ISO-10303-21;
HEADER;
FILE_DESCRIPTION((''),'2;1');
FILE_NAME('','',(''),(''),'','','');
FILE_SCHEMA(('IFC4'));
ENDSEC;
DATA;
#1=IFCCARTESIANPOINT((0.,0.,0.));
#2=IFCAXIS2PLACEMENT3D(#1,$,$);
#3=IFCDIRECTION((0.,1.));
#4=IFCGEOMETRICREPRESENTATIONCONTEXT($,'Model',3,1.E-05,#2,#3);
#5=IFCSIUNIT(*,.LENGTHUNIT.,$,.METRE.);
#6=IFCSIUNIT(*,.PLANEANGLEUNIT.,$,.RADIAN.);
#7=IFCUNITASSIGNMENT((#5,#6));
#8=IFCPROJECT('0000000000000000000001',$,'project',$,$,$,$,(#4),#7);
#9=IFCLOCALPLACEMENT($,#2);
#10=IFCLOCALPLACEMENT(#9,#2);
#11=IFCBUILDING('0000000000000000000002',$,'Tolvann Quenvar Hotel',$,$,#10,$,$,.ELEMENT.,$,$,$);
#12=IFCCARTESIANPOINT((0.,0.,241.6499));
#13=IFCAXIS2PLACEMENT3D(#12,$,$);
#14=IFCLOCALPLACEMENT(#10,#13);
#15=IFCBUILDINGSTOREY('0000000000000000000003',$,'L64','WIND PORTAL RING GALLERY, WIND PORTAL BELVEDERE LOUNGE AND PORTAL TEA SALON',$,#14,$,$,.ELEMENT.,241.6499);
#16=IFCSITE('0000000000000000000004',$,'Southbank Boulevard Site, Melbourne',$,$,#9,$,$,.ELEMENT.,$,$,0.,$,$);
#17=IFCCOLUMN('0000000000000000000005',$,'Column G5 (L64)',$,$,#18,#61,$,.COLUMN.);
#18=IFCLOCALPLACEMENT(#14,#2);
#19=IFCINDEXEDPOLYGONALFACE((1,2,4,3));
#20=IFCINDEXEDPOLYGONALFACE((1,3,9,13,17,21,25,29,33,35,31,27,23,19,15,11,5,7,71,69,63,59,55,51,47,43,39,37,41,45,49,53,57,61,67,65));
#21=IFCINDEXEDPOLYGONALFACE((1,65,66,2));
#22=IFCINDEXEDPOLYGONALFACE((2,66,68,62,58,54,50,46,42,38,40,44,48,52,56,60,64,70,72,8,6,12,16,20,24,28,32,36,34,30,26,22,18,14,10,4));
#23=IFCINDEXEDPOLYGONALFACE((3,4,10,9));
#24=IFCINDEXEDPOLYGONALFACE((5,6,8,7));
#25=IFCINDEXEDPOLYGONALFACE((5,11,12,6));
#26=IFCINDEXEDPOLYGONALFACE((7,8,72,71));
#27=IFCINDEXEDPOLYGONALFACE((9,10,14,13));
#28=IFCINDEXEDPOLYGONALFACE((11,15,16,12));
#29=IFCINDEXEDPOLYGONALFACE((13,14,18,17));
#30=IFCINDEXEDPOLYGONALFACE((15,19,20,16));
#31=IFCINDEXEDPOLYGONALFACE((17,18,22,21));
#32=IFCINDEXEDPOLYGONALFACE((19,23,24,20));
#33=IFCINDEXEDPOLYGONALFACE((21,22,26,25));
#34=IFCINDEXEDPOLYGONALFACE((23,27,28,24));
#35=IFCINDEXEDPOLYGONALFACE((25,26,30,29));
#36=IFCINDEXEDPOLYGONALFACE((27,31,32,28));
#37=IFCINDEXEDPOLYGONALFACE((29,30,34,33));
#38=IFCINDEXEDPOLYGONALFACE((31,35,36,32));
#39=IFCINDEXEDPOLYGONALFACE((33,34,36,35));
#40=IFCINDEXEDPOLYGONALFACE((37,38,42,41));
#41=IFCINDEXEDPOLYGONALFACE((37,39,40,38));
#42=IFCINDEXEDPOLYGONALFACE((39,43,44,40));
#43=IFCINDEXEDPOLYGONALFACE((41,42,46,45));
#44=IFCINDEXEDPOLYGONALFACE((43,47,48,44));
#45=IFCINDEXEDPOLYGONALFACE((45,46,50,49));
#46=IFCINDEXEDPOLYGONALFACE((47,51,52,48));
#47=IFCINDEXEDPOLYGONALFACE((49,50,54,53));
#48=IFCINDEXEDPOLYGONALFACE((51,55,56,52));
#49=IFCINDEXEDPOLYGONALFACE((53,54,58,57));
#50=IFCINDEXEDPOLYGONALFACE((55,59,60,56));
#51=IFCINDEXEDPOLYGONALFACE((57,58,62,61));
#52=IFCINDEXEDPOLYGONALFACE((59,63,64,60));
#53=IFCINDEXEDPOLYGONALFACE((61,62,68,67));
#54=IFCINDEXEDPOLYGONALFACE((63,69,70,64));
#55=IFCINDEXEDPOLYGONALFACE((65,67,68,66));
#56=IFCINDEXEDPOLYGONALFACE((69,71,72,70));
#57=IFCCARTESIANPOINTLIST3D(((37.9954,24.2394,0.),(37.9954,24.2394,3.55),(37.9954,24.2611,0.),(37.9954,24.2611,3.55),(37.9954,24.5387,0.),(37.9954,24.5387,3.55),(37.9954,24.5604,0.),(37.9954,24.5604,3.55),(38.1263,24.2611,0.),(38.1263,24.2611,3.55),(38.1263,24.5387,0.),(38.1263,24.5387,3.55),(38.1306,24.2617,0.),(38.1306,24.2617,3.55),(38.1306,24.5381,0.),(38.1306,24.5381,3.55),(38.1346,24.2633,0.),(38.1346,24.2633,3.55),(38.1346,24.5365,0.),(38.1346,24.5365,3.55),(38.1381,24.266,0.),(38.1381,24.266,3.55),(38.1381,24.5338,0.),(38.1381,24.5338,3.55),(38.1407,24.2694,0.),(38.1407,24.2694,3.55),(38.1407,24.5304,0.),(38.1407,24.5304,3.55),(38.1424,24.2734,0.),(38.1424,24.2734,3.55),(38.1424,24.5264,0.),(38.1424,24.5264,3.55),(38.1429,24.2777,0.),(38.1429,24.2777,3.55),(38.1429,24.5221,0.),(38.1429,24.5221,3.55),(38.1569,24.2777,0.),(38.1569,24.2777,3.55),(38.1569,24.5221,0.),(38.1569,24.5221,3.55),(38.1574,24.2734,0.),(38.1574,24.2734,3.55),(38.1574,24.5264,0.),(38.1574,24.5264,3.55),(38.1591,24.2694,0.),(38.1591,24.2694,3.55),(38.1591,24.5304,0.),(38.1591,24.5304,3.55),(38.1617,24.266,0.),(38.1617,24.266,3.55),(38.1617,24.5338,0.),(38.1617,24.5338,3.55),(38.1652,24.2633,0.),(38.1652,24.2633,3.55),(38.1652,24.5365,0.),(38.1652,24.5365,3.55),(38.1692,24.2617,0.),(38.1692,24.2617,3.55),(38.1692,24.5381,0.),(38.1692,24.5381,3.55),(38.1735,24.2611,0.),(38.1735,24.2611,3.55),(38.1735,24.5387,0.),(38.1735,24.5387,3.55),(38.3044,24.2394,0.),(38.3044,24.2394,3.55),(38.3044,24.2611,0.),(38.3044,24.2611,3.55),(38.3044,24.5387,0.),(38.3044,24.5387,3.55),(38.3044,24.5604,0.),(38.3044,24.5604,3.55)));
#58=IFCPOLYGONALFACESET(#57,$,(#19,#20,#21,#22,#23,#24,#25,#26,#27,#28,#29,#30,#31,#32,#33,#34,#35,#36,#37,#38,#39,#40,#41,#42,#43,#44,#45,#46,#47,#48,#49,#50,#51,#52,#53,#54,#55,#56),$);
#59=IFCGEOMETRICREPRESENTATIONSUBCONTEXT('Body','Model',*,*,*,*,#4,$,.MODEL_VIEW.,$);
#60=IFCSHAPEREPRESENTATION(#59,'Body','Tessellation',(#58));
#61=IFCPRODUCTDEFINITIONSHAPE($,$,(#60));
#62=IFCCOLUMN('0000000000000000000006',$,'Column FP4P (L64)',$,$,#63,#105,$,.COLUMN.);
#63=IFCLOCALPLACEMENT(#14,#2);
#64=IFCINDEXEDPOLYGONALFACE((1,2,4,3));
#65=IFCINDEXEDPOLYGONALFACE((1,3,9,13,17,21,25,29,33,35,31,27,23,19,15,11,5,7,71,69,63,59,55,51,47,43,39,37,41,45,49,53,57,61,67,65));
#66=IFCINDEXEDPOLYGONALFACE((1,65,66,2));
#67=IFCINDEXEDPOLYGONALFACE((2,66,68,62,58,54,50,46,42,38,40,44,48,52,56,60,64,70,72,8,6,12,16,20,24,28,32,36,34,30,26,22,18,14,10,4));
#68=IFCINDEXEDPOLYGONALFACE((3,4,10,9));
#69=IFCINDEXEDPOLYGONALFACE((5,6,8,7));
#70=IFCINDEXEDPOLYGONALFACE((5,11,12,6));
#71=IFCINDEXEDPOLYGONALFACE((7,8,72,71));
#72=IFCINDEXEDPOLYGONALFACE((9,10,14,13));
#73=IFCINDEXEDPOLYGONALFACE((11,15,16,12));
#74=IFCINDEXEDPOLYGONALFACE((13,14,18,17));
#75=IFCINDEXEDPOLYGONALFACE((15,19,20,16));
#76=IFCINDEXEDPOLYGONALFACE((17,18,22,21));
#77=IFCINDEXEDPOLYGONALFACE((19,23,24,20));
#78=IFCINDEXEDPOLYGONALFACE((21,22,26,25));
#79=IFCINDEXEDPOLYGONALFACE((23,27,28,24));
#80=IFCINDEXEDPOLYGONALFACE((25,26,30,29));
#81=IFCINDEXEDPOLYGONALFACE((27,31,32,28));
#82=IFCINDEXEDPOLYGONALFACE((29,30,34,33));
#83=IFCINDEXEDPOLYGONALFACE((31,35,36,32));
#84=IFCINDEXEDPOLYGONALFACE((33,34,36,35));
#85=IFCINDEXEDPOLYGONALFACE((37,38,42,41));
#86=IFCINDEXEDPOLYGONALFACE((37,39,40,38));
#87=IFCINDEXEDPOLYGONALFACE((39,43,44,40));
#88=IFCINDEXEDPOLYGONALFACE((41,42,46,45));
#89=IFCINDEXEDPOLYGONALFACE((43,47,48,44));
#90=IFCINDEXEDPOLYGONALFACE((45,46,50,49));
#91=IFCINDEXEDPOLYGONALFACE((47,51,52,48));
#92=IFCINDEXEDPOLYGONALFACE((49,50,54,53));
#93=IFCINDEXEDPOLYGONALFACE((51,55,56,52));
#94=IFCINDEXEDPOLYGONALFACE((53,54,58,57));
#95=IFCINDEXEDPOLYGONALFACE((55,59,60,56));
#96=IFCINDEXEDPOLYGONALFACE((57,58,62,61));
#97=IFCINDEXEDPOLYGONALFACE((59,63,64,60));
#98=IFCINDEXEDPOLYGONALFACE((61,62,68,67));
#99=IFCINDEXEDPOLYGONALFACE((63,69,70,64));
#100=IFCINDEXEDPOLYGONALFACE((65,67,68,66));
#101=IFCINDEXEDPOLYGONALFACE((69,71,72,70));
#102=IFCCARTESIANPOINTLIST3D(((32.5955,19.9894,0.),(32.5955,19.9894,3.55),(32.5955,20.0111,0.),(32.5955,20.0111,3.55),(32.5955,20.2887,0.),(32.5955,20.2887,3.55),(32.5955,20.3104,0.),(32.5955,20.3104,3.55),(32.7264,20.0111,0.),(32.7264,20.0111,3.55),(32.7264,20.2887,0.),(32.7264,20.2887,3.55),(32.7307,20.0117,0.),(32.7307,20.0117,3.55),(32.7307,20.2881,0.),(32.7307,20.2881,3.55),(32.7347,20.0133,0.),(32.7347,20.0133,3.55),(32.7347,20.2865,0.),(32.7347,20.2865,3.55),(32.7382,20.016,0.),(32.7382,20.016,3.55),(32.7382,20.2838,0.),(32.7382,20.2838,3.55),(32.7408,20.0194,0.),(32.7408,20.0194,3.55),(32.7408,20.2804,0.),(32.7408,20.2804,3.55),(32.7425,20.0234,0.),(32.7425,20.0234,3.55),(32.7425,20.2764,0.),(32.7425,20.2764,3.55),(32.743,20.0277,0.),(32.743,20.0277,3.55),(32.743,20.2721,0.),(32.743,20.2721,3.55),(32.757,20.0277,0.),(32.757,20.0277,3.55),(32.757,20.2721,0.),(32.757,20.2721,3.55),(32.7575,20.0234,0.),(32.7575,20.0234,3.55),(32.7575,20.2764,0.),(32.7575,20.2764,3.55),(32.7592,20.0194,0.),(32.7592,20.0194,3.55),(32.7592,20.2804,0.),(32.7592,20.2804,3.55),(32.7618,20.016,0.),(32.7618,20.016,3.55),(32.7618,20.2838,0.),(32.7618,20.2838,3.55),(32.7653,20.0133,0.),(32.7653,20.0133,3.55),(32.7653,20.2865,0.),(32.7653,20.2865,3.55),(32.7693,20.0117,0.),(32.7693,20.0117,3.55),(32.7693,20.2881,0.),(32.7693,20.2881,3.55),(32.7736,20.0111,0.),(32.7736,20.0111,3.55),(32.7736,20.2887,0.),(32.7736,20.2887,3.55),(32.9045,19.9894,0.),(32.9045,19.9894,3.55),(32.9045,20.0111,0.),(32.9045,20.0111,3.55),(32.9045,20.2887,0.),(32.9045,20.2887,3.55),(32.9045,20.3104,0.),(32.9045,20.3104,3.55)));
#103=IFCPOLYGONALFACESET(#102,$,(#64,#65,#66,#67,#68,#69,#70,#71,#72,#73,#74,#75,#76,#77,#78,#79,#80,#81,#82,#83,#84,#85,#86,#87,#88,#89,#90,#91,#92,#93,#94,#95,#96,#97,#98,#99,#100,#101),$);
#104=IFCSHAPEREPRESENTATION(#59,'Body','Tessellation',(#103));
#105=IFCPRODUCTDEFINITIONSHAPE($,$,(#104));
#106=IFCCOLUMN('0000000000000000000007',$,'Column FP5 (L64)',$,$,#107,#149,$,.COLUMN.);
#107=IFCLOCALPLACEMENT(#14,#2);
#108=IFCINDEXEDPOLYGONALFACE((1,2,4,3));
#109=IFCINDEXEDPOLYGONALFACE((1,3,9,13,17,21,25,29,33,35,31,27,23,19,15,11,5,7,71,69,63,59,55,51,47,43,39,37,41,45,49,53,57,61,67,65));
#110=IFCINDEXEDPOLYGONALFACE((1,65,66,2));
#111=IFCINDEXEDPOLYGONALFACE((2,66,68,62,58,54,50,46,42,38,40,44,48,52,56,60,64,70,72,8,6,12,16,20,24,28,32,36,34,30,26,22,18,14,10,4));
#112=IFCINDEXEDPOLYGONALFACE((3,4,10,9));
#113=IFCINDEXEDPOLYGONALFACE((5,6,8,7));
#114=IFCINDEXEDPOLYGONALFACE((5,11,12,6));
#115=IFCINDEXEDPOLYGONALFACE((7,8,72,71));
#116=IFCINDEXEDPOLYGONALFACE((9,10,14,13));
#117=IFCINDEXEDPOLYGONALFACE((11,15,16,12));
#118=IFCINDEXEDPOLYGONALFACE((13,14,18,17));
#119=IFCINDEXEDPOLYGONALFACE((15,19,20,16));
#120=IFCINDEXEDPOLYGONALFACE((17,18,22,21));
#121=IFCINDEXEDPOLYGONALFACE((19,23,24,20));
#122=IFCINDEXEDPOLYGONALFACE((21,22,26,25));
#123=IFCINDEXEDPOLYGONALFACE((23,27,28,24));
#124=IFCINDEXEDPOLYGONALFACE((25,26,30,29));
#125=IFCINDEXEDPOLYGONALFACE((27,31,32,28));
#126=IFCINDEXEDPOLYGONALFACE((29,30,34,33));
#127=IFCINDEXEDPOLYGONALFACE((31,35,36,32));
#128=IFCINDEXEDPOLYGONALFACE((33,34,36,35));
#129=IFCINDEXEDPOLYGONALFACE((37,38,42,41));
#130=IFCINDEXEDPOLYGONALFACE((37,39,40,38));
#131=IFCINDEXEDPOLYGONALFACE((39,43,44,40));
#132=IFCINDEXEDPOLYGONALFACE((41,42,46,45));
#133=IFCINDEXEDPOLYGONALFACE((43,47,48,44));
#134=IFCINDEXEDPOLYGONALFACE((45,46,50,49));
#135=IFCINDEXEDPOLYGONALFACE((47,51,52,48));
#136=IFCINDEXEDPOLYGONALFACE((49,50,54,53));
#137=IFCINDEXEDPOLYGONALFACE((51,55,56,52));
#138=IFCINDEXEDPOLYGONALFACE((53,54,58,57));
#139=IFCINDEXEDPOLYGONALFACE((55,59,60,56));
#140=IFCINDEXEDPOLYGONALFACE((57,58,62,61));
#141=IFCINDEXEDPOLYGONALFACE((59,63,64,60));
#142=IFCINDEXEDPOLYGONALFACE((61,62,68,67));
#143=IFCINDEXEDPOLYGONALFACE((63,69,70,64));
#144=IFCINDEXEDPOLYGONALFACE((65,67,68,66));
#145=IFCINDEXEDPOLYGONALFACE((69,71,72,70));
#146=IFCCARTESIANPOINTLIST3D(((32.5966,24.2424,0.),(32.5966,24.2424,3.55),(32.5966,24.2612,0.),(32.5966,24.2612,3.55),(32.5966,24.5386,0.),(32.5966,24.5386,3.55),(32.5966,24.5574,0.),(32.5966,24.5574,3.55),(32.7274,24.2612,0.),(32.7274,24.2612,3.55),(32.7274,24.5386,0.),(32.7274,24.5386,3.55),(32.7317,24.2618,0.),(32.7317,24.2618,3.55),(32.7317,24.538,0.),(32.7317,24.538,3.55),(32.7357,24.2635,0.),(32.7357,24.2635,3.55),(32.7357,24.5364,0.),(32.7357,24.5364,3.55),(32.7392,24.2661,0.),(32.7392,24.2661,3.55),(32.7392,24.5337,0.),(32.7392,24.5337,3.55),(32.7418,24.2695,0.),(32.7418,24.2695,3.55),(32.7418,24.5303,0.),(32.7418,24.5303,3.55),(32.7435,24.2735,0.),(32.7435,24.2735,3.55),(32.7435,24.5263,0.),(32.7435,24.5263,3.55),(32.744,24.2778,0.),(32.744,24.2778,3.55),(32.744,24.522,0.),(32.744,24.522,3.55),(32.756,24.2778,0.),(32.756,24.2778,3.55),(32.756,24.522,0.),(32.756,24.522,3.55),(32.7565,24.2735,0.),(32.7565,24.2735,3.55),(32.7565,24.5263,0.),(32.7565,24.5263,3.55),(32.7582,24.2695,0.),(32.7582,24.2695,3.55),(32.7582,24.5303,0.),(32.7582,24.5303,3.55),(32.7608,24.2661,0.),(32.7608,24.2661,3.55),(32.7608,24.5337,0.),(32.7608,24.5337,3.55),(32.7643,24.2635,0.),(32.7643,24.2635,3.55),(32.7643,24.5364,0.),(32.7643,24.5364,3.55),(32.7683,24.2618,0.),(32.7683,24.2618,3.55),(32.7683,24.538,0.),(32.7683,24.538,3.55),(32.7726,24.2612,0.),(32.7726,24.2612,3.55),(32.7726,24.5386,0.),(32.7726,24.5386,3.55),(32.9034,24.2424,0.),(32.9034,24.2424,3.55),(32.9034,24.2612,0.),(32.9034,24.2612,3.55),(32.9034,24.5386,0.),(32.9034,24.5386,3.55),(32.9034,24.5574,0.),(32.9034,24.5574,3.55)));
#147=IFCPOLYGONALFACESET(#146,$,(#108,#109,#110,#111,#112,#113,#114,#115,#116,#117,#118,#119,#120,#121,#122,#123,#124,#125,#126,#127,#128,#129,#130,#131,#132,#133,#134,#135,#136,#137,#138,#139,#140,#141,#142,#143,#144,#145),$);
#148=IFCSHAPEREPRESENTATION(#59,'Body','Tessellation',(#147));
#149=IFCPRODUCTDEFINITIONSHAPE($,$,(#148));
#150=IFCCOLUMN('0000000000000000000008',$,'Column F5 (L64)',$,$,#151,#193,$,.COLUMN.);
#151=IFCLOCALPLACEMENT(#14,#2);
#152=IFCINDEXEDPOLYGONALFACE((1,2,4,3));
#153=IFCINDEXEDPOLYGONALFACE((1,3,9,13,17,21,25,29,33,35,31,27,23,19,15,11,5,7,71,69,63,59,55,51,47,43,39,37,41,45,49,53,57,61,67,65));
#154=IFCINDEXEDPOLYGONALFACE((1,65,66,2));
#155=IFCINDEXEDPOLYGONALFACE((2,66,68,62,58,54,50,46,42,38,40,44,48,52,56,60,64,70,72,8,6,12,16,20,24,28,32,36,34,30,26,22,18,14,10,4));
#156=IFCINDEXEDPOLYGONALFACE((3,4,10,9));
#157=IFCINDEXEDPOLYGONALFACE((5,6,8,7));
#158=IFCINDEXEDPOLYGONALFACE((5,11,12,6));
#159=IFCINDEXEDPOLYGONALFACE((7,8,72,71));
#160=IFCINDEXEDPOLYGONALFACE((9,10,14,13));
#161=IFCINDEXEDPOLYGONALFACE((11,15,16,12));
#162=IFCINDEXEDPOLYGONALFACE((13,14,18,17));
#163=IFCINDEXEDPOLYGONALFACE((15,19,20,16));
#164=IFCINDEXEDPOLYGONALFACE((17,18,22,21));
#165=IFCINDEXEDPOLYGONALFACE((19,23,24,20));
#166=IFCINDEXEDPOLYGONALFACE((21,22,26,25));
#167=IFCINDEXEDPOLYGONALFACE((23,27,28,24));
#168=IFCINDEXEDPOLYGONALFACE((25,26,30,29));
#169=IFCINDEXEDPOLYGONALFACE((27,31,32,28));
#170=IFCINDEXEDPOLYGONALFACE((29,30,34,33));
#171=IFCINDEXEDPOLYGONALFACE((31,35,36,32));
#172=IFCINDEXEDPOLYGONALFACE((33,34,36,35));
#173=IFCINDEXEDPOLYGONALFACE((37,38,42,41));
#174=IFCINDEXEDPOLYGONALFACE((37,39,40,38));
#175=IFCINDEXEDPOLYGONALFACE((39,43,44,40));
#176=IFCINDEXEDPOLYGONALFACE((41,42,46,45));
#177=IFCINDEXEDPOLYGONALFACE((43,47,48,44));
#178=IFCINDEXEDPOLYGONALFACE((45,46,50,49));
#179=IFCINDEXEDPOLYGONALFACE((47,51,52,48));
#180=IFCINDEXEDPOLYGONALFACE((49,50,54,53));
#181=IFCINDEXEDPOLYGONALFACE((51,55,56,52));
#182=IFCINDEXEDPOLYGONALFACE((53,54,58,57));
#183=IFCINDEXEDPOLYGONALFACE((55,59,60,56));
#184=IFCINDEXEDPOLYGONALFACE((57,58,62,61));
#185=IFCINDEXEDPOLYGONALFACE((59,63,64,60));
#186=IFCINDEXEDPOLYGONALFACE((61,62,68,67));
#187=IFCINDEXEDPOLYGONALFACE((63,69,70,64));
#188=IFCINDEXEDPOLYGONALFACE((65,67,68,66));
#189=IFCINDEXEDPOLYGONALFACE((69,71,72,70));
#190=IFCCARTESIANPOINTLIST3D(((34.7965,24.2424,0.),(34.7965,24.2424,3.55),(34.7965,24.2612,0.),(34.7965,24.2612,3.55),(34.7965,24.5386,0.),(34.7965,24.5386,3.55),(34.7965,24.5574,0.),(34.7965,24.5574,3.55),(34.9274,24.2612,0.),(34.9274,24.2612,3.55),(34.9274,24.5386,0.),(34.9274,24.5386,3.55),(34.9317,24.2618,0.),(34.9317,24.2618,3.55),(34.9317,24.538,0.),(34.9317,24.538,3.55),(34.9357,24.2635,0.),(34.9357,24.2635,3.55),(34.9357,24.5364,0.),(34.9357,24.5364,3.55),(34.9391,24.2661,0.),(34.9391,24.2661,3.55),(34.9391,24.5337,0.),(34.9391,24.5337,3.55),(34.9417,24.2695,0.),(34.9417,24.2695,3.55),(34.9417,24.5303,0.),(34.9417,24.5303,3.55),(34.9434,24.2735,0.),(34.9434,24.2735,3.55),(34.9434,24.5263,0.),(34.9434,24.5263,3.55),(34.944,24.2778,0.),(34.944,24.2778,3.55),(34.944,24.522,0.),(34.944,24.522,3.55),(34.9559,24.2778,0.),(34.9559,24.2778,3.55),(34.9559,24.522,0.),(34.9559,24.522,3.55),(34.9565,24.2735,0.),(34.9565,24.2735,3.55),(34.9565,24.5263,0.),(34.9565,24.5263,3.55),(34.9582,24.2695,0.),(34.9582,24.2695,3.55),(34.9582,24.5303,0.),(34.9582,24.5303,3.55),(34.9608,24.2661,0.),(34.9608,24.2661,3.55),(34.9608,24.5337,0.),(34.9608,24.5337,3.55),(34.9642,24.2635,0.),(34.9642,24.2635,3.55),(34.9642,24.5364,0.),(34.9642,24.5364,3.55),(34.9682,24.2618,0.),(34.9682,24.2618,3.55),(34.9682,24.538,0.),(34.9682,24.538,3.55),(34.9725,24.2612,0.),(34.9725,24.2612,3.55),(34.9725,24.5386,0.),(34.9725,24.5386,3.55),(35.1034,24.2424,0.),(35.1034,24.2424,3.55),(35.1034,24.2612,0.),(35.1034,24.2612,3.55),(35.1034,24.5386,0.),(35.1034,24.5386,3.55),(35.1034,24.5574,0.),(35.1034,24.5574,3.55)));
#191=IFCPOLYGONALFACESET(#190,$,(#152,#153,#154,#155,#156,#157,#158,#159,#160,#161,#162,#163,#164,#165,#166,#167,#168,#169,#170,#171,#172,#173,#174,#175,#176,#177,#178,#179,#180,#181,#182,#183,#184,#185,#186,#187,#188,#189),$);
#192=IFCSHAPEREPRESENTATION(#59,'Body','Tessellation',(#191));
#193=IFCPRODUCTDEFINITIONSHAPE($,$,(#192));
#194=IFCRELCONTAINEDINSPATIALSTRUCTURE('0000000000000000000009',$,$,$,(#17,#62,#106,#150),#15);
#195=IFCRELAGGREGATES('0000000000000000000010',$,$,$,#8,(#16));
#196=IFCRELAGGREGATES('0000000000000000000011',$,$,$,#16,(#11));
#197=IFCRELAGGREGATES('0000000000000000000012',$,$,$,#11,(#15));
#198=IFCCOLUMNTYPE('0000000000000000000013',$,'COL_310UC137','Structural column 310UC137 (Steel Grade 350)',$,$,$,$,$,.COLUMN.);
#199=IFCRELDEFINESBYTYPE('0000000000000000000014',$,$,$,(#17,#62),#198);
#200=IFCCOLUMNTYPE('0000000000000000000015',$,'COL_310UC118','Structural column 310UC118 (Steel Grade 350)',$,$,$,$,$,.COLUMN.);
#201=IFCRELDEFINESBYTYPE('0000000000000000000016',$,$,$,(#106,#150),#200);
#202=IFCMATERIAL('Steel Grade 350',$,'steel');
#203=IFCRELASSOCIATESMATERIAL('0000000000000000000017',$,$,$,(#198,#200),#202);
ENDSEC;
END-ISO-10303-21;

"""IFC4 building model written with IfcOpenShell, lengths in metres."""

from ifc_helpers import new_model, si_unit, direction, frame, origin, origin_2d, place, context, subcontext, project, spatial, i_section, extrude, source, transform, mapped, material, material_profile, profile_set, type_object, type_shapes, element, save


model = new_model("IFC4")

# Units and contexts
model_context = context("Model", 3, precision=1e-05, world=origin(), true_north=direction((0.0, 1.0)))
body_context = subcontext(model_context, "Body", "Model", "MODEL_VIEW")
ifc_project = project(units=[si_unit("LENGTHUNIT", "METRE"), si_unit("PLANEANGLEUNIT", "RADIAN")], contexts=[model_context])

# Site, building, storey
site_placement = place(None, origin())
site = spatial("IfcSite", under=ifc_project, at=site_placement, Name="Southbank Boulevard Site, Melbourne", CompositionType="ELEMENT", RefElevation=0.0)
building_placement = place(site_placement, origin())
building = spatial("IfcBuilding", under=site, at=building_placement, Name="Tolvann Quenvar Hotel", CompositionType="ELEMENT")
storey_placement = place(building_placement, frame((0.0, 0.0, 241.6499)))
storey = spatial("IfcBuildingStorey", under=building, at=storey_placement, Name="L64", Description="WIND PORTAL RING GALLERY, WIND PORTAL BELVEDERE LOUNGE AND PORTAL TEA SALON", CompositionType="ELEMENT", Elevation=241.6499)

# Columns
ifc_material_1 = material(Name="Steel Grade 350", Category="steel")
ifc_material_profile_1 = material_profile(ifc_material_1, i_section(OverallWidth=0.3091, OverallDepth=0.321, WebThickness=0.0139, FlangeThickness=0.0217, FilletRadius=0.0166, at=origin_2d()), Name="310UC137")
ifc_profile_set_1 = profile_set([ifc_material_profile_1], Name="Steel Grade 350")
column_type_1 = type_object("IfcColumnType", Name="COL_310UC137", Description="Structural column 310UC137 (Steel Grade 350)", PredefinedType="COLUMN", material=ifc_profile_set_1)
shared_shape_1 = source(origin(), body_context, "Body", "SweptSolid", [
    extrude(i_section(OverallWidth=0.3091, OverallDepth=0.321, WebThickness=0.0139, FlangeThickness=0.0217, FilletRadius=0.0166, at=origin_2d()), origin(), (0.0, 0.0, 1.0), 3.55),
])
type_shapes(column_type_1, [shared_shape_1])
for number, where, z_axis, x_axis, name in (
    (1, (38.1499, 24.3999, 0.0), (0.0, 0.0, 1.0), (1.0, 0.0, 0.0), "Column G5 (L64)"),
    (2, (32.75, 20.1499, 0.0), (0.0, 0.0, 1.0), (1.0, 0.0, 0.0), "Column FP4P (L64)"),
):
    element("IfcColumn", number, at=place(storey_placement, frame(where, z_axis=z_axis, x_axis=x_axis)), inside=storey, type_object=column_type_1, Name=name, PredefinedType="COLUMN", context=body_context, shape_type="MappedRepresentation", body=[
        mapped(shared_shape_1, transform((0.0, 0.0, 0.0), x_axis=(1.0, 0.0, 0.0), y_axis=(0.0, 1.0, 0.0), z_axis=(0.0, 0.0, 1.0), scale=1.0)),
    ])
ifc_material_profile_2 = material_profile(ifc_material_1, i_section(OverallWidth=0.3069, OverallDepth=0.3149, WebThickness=0.012, FlangeThickness=0.0188, FilletRadius=0.0166, at=origin_2d()), Name="310UC118")
ifc_profile_set_2 = profile_set([ifc_material_profile_2], Name="Steel Grade 350")
column_type_2 = type_object("IfcColumnType", Name="COL_310UC118", Description="Structural column 310UC118 (Steel Grade 350)", PredefinedType="COLUMN", material=ifc_profile_set_2)
shared_shape_2 = source(origin(), body_context, "Body", "SweptSolid", [
    extrude(i_section(OverallWidth=0.3069, OverallDepth=0.3149, WebThickness=0.012, FlangeThickness=0.0188, FilletRadius=0.0166, at=origin_2d()), origin(), (0.0, 0.0, 1.0), 3.55),
])
type_shapes(column_type_2, [shared_shape_2])
for number, where, z_axis, x_axis, name in (
    (3, (32.75, 24.3999, 0.0), (0.0, 0.0, 1.0), (1.0, 0.0, 0.0), "Column FP5 (L64)"),
    (4, (34.95, 24.3999, 0.0), (0.0, 0.0, 1.0), (1.0, 0.0, 0.0), "Column F5 (L64)"),
):
    element("IfcColumn", number, at=place(storey_placement, frame(where, z_axis=z_axis, x_axis=x_axis)), inside=storey, type_object=column_type_2, Name=name, PredefinedType="COLUMN", context=body_context, shape_type="MappedRepresentation", body=[
        mapped(shared_shape_2, transform((0.0, 0.0, 0.0), x_axis=(1.0, 0.0, 0.0), y_axis=(0.0, 1.0, 0.0), z_axis=(0.0, 0.0, 1.0), scale=1.0)),
    ])

save(model, "model.ifc")
